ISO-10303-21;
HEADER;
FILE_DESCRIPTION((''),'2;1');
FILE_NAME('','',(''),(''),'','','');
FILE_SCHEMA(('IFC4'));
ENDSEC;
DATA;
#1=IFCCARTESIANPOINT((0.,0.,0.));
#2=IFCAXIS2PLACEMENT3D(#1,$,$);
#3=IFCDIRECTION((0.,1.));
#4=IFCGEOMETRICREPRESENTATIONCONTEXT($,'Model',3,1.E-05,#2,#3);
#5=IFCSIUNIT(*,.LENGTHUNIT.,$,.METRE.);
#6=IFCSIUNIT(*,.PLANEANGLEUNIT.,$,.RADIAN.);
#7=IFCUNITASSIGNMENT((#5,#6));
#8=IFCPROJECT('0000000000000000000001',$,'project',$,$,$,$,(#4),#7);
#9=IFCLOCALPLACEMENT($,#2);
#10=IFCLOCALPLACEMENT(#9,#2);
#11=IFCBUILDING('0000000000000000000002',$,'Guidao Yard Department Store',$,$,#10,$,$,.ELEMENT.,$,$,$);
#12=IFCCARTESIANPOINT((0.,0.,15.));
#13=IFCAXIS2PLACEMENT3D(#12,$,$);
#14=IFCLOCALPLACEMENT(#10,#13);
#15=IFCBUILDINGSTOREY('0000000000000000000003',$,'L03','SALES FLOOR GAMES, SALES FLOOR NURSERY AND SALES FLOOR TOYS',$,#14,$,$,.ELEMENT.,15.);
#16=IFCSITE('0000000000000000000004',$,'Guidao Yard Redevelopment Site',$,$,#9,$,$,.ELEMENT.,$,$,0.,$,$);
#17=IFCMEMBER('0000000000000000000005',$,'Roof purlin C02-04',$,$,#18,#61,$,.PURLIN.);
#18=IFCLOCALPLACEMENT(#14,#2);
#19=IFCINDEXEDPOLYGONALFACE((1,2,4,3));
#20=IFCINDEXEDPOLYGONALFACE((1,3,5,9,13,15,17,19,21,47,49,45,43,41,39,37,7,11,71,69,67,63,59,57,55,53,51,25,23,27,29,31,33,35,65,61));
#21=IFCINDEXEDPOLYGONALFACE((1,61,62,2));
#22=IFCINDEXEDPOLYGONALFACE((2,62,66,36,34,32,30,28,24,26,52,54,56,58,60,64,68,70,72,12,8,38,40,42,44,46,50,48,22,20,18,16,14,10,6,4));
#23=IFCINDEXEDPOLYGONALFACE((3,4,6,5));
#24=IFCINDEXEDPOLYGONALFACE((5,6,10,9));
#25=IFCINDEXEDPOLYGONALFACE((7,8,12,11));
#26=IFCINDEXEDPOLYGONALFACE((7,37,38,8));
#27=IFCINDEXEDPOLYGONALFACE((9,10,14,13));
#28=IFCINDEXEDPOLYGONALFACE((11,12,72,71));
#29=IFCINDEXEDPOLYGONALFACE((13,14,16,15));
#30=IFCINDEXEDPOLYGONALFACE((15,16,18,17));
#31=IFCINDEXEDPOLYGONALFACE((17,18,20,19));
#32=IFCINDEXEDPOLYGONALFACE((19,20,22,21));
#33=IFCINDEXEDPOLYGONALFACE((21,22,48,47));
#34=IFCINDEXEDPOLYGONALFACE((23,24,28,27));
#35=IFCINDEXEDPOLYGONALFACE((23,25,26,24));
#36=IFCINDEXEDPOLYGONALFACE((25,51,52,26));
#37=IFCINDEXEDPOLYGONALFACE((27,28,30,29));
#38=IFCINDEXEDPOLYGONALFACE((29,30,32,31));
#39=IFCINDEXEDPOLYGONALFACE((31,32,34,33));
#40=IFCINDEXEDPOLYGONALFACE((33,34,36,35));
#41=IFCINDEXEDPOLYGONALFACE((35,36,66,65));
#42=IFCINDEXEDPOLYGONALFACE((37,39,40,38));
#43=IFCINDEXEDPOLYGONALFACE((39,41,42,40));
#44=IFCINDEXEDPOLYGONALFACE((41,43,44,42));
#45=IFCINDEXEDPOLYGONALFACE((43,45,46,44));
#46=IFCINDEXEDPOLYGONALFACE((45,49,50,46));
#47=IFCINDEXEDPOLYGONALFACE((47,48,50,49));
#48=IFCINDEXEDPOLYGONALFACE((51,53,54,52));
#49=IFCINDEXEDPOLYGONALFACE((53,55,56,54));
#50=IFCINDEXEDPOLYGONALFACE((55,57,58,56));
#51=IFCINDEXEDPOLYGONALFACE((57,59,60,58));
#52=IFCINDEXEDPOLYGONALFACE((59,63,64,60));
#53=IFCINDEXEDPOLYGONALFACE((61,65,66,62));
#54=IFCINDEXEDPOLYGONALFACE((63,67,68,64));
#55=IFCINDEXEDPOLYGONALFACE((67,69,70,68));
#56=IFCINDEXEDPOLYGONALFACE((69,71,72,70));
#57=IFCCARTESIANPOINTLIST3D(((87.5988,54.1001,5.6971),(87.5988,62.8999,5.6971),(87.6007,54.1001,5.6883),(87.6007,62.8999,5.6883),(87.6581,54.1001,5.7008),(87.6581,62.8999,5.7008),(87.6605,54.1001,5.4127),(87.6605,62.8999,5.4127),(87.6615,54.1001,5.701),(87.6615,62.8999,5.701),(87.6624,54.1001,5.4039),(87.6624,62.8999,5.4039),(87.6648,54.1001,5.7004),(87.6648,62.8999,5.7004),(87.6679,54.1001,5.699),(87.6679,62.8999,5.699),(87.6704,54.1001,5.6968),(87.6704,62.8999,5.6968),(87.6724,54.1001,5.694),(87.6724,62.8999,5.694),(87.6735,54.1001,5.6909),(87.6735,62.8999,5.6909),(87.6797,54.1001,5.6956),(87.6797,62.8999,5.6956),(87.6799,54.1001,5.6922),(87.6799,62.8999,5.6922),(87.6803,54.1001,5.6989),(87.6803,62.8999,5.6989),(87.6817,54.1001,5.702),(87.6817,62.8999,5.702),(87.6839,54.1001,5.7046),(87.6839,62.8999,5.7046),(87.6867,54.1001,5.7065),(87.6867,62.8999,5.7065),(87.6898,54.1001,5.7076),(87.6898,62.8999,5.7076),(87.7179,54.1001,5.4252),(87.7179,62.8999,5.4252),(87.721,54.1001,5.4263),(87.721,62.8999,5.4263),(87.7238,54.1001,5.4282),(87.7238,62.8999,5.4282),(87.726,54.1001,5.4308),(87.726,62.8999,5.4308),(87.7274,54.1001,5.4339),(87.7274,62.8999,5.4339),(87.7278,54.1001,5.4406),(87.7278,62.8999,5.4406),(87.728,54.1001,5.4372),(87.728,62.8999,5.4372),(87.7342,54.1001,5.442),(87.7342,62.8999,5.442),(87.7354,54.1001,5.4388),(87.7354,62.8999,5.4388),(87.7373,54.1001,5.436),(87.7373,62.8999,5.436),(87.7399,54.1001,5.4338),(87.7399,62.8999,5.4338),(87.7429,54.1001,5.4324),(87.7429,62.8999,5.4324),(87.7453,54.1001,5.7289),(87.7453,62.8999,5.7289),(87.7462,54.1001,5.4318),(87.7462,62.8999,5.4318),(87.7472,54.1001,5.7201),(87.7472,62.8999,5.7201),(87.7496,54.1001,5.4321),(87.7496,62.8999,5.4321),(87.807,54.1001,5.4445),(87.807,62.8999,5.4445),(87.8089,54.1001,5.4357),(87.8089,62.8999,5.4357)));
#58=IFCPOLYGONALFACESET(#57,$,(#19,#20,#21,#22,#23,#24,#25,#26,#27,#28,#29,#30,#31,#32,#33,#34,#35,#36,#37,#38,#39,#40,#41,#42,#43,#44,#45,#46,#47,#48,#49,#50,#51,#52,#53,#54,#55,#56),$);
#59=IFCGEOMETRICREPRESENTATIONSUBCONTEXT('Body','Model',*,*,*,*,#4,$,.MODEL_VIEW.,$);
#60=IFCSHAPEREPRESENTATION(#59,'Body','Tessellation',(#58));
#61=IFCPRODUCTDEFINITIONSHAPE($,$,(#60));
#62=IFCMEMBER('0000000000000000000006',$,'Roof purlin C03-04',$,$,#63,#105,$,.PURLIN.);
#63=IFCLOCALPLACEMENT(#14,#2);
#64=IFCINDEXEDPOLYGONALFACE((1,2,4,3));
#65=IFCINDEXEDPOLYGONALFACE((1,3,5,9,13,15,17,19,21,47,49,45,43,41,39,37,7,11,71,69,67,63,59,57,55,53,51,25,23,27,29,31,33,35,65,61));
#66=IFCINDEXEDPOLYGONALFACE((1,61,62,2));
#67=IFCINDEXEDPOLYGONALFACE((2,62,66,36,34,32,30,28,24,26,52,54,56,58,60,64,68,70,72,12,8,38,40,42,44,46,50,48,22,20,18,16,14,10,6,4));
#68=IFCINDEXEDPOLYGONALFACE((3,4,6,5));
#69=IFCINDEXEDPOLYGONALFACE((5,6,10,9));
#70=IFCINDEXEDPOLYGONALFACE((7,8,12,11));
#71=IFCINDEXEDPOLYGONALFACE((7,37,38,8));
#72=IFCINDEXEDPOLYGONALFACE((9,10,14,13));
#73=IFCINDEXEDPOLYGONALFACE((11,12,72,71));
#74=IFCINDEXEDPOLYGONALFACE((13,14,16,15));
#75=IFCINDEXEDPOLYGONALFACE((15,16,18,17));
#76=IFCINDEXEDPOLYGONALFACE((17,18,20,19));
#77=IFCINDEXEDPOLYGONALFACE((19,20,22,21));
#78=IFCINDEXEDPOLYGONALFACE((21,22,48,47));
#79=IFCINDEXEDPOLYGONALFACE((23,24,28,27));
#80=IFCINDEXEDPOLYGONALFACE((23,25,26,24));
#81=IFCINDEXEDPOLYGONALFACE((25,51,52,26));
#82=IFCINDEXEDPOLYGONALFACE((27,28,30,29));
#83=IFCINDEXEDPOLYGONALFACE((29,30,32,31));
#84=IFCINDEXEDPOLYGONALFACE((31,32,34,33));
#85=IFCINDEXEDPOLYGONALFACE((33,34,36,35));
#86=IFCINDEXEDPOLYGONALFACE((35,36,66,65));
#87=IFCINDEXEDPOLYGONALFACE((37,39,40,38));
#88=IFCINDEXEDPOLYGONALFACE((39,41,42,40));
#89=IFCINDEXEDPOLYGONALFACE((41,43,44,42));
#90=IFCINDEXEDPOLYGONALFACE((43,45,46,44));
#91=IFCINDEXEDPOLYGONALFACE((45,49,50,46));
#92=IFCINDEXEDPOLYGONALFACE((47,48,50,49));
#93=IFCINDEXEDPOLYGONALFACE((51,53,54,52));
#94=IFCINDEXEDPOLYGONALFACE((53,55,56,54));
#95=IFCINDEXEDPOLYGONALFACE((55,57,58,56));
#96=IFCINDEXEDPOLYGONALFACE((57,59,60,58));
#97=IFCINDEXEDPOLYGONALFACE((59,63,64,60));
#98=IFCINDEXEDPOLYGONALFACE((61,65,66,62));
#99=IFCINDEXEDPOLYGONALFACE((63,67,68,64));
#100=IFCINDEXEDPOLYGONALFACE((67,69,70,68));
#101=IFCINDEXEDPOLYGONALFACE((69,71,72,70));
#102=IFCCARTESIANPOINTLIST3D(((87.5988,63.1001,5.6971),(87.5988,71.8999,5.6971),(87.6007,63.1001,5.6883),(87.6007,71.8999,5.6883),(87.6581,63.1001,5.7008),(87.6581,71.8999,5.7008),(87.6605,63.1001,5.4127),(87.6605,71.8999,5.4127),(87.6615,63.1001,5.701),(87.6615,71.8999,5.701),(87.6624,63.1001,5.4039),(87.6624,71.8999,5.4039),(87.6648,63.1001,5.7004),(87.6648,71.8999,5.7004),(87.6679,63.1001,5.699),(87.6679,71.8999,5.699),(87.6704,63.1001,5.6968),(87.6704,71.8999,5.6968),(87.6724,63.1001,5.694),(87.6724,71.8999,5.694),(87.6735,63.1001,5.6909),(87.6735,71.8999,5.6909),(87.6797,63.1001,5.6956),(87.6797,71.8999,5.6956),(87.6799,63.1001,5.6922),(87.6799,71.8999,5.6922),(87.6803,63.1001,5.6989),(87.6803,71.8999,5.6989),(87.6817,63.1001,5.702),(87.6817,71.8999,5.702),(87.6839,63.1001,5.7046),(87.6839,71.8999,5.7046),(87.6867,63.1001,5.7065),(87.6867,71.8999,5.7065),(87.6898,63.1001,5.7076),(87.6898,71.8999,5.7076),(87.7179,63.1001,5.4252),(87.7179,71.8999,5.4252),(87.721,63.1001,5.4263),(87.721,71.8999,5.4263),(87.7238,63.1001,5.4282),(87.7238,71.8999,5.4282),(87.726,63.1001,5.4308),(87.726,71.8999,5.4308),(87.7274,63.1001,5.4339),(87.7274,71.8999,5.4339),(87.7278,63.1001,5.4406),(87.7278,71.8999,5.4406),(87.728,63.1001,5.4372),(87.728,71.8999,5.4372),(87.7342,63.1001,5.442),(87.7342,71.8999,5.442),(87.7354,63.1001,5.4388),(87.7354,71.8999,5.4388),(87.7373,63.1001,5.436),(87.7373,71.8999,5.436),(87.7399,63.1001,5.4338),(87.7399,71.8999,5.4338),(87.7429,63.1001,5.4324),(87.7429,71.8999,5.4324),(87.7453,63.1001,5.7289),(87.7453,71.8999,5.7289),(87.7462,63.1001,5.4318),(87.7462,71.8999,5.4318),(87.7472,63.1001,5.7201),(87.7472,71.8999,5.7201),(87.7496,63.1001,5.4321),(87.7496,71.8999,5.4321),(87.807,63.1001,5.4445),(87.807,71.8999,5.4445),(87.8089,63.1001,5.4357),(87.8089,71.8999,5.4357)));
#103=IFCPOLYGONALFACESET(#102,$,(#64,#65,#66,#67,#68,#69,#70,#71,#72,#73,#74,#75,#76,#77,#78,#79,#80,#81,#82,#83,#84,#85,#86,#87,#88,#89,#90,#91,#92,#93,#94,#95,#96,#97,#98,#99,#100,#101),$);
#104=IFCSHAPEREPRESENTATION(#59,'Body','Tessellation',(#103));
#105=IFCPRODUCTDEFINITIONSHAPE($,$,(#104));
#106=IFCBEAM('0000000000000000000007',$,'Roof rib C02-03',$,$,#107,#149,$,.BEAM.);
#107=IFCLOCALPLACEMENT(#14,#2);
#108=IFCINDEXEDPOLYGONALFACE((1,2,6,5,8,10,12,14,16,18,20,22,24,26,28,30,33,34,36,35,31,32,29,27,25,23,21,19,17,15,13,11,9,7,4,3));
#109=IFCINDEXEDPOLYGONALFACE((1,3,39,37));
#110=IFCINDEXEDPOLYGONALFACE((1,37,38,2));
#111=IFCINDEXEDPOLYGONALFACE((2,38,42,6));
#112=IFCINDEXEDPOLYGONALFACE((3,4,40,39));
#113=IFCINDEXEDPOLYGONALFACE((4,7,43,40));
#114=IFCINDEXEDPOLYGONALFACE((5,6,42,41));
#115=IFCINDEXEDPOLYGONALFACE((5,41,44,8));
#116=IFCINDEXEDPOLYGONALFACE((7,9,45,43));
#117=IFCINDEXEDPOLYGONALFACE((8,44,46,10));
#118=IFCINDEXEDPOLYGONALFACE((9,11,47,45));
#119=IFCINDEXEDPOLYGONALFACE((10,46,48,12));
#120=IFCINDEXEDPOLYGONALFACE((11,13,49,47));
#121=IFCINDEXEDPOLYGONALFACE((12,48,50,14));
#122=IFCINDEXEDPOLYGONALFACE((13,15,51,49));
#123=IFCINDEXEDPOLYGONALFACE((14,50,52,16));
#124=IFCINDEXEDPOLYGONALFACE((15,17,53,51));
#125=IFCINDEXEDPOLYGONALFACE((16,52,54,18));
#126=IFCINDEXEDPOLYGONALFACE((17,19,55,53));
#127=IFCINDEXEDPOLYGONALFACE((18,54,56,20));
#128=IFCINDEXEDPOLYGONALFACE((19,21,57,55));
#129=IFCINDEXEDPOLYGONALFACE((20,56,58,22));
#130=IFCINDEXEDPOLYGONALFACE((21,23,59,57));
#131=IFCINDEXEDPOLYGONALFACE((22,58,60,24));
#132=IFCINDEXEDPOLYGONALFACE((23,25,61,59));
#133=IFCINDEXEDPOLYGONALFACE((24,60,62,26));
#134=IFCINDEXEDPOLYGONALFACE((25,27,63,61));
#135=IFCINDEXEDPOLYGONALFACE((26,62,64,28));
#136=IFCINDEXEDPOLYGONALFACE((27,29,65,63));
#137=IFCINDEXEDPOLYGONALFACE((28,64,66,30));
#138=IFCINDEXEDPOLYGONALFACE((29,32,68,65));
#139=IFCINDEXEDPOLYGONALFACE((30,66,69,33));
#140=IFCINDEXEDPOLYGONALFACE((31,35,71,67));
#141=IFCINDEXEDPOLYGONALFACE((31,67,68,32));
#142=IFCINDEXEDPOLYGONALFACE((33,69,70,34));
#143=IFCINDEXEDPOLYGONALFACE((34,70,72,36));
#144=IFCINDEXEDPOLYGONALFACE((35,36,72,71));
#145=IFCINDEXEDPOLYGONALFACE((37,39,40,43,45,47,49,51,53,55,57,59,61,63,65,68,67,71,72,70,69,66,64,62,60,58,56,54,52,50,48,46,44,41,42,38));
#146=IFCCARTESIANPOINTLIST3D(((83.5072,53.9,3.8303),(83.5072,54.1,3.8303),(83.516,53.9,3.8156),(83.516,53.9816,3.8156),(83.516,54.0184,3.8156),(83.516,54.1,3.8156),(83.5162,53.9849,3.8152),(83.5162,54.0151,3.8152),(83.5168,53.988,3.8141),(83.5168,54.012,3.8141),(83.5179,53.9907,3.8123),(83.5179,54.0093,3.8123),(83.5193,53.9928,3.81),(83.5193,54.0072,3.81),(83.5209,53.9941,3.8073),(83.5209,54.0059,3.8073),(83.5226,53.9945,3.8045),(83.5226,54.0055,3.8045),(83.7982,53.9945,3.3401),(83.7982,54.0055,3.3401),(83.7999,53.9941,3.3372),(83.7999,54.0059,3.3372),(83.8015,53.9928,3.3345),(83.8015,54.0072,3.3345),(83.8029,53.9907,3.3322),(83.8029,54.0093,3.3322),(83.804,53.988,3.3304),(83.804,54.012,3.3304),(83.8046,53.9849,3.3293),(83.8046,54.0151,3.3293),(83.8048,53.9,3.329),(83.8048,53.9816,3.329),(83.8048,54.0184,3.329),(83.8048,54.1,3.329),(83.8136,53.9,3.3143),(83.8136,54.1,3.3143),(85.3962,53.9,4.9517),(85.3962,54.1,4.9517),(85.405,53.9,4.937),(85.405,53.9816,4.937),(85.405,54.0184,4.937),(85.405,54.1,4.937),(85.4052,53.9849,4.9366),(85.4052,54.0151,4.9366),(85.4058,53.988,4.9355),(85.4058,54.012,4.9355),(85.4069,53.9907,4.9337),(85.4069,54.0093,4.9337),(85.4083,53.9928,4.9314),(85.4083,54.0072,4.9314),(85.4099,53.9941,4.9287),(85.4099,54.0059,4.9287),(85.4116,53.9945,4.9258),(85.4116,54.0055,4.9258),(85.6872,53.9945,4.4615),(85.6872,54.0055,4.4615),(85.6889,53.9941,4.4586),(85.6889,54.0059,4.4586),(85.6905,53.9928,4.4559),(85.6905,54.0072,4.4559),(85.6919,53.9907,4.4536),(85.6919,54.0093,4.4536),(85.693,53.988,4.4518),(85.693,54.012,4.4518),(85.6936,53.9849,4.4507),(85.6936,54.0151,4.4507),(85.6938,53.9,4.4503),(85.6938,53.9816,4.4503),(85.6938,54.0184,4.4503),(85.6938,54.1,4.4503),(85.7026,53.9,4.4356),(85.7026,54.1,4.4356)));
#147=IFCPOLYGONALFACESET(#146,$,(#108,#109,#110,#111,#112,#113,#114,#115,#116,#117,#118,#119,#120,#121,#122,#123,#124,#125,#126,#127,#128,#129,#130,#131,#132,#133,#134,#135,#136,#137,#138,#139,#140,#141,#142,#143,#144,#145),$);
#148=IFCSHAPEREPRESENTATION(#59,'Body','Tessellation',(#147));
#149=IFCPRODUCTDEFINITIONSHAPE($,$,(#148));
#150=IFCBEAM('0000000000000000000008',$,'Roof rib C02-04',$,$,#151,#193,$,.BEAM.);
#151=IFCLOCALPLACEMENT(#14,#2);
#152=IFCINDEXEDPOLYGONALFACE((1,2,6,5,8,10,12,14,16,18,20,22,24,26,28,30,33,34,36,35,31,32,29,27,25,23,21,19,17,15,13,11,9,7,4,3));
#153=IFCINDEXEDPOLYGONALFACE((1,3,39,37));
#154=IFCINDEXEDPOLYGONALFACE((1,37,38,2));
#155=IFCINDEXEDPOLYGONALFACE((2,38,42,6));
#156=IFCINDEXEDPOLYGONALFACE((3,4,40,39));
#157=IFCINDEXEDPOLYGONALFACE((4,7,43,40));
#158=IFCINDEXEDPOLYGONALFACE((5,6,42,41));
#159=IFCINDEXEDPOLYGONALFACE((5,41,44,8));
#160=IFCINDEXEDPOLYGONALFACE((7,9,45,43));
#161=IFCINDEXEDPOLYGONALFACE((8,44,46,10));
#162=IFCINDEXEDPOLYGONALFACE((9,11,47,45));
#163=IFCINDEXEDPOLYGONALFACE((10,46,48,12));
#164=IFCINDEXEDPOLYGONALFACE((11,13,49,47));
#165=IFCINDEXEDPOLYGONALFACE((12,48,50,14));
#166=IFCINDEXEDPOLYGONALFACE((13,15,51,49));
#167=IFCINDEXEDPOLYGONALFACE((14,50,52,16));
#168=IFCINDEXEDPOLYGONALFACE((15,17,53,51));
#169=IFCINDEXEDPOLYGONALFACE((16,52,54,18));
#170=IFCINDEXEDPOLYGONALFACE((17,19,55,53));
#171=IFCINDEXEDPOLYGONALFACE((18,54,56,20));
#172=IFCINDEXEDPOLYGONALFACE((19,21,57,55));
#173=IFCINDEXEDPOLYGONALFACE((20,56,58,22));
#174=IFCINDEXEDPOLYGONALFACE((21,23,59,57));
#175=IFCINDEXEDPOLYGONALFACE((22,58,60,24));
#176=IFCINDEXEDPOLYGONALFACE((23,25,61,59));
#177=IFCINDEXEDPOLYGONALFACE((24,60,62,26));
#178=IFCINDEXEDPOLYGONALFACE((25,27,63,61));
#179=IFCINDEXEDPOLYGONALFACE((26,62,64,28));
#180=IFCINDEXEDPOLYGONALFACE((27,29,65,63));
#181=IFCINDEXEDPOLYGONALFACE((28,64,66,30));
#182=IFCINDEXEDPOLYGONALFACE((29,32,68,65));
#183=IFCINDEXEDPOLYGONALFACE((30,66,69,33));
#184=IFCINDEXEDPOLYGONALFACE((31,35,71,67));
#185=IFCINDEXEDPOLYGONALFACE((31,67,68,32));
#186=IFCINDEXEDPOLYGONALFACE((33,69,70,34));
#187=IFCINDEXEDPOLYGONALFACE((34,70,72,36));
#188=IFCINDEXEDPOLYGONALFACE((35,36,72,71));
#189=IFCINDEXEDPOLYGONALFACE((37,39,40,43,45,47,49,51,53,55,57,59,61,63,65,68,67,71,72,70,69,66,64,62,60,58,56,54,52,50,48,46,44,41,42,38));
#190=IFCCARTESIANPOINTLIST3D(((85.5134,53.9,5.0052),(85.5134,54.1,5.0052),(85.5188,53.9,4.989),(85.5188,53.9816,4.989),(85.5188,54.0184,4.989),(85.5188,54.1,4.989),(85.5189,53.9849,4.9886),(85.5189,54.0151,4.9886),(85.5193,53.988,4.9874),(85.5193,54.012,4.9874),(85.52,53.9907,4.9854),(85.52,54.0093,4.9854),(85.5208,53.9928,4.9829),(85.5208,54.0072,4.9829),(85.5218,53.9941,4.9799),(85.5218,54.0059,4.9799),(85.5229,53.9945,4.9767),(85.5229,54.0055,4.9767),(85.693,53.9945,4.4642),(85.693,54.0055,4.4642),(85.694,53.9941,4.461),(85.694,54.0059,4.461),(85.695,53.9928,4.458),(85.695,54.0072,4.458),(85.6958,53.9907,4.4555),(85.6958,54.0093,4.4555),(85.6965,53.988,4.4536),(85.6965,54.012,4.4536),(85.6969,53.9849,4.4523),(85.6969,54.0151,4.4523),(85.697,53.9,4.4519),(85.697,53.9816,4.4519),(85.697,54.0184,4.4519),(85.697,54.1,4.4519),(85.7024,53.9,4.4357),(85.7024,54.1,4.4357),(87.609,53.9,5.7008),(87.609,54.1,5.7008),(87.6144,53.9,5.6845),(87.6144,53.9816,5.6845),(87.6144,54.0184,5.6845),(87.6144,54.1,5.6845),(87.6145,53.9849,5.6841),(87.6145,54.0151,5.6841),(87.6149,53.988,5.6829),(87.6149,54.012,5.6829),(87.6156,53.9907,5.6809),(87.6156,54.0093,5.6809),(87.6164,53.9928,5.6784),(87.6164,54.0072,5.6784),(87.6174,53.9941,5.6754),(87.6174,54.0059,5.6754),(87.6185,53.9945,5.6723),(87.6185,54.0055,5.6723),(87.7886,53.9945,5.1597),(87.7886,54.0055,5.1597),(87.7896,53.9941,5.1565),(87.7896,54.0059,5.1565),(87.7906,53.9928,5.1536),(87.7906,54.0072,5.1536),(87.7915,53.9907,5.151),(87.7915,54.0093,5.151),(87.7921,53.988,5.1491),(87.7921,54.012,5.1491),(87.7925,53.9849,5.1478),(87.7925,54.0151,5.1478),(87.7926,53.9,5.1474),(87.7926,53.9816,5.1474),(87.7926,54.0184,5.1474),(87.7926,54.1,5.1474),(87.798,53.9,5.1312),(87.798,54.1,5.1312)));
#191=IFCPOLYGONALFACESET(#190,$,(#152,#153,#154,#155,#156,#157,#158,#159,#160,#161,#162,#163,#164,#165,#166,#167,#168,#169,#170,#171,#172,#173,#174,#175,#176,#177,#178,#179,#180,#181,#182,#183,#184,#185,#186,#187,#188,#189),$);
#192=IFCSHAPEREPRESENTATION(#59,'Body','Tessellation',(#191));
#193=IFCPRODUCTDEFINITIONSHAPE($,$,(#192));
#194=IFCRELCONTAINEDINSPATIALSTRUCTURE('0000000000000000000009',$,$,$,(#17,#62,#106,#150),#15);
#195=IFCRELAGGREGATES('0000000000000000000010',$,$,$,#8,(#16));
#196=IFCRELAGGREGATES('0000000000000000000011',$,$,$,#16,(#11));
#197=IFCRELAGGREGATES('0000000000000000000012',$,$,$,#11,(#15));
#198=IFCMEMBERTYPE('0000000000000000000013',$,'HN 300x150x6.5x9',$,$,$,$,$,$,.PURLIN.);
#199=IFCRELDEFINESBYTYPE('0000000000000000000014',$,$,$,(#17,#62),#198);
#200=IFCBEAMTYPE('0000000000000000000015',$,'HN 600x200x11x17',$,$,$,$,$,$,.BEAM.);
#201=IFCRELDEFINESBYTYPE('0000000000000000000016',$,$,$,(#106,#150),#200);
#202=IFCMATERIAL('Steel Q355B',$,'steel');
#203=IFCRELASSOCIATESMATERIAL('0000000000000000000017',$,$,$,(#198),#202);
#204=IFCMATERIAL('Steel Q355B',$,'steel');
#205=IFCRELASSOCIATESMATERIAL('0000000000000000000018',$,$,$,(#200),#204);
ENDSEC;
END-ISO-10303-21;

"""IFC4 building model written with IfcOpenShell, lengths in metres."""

from ifc_helpers import new_model, si_unit, direction, frame, origin, origin_2d, place, context, subcontext, project, spatial, i_section, extrude, material, material_profile, profile_set, type_object, element, save


model = new_model("IFC4")

# Units and contexts
model_context = context("Model", 3, precision=1e-05, world=origin(), true_north=direction((0.0, 1.0)))
body_context = subcontext(model_context, "Body", "Model", "MODEL_VIEW")
ifc_project = project(units=[si_unit("LENGTHUNIT", "METRE"), si_unit("PLANEANGLEUNIT", "RADIAN")], contexts=[model_context])

# Site, building, storey
site_placement = place(None, origin())
site = spatial("IfcSite", under=ifc_project, at=site_placement, Name="Guidao Yard Redevelopment Site", CompositionType="ELEMENT", RefElevation=0.0)
building_placement = place(site_placement, origin())
building = spatial("IfcBuilding", under=site, at=building_placement, Name="Guidao Yard Department Store", CompositionType="ELEMENT")
storey_placement = place(building_placement, frame((0.0, 0.0, 15.0)))
storey = spatial("IfcBuildingStorey", under=building, at=storey_placement, Name="L03", Description="SALES FLOOR GAMES, SALES FLOOR NURSERY AND SALES FLOOR TOYS", CompositionType="ELEMENT", Elevation=15.0)

# Members
ifc_material_1 = material(Name="Steel Q355B", Category="steel")
ifc_material_profile_1 = material_profile(ifc_material_1, i_section(OverallWidth=0.1499, OverallDepth=0.3, WebThickness=0.0066, FlangeThickness=0.009, FilletRadius=0.0129, at=origin_2d()), Name="HN 300x150x6.5x9")
ifc_profile_set_1 = profile_set([ifc_material_profile_1], Name="Steel Q355B")
member_type_1 = type_object("IfcMemberType", Name="HN 300x150x6.5x9", PredefinedType="PURLIN", material=ifc_profile_set_1)
for number, where, z_axis, x_axis, name in (
    (1, (87.7039, 54.1001, 5.5664), (0.0, 1.0, 0.0), (-0.977292, 0.0, -0.211897), "Roof purlin C02-04"),
    (2, (87.7039, 63.1001, 5.5664), (0.0, 1.0, 0.0), (-0.977292, 0.0, -0.211897), "Roof purlin C03-04"),
):
    element("IfcMember", number, at=place(storey_placement, frame(where, z_axis=z_axis, x_axis=x_axis)), inside=storey, type_object=member_type_1, Name=name, PredefinedType="PURLIN", context=body_context, shape_type="SweptSolid", body=[
        extrude(i_section(OverallWidth=0.1499, OverallDepth=0.3, WebThickness=0.0066, FlangeThickness=0.009, FilletRadius=0.0129, at=origin_2d()), origin(), (0.0, 0.0, 1.0), 8.7998),
    ])

# Beams
ifc_material_2 = material(Name="Steel Q355B", Category="steel")
ifc_material_profile_2 = material_profile(ifc_material_2, i_section(OverallWidth=0.2, OverallDepth=0.6001, WebThickness=0.011, FlangeThickness=0.0171, FilletRadius=0.0129, at=origin_2d()), Name="HN 600x200x11x17")
ifc_profile_set_2 = profile_set([ifc_material_profile_2], Name="Steel Q355B")
beam_type = type_object("IfcBeamType", Name="HN 600x200x11x17", PredefinedType="BEAM", material=ifc_profile_set_2)
beam_1_placement = place(storey_placement, frame((83.6604, 54.0, 3.5723), z_axis=(0.859896, 0.0, 0.510469), x_axis=(0.0, 1.0, 0.0)))
element("IfcBeam", 3, at=beam_1_placement, inside=storey, type_object=beam_type, Name="Roof rib C02-03", PredefinedType="BEAM", context=body_context, shape_type="SweptSolid", body=[
    extrude(i_section(OverallWidth=0.2, OverallDepth=0.6001, WebThickness=0.011, FlangeThickness=0.0171, FilletRadius=0.0129, at=origin_2d()), origin(), (0.0, 0.0, 1.0), 2.1968),
])
beam_2_placement = place(storey_placement, frame((85.6079, 54.0, 4.7205), z_axis=(0.949092, 0.0, 0.315), x_axis=(0.0, 1.0, 0.0)))
element("IfcBeam", 4, at=beam_2_placement, inside=storey, type_object=beam_type, Name="Roof rib C02-04", PredefinedType="BEAM", context=body_context, shape_type="SweptSolid", body=[
    extrude(i_section(OverallWidth=0.2, OverallDepth=0.6001, WebThickness=0.011, FlangeThickness=0.0171, FilletRadius=0.0129, at=origin_2d()), origin(), (0.0, 0.0, 1.0), 2.208),
])

save(model, "model.ifc")
